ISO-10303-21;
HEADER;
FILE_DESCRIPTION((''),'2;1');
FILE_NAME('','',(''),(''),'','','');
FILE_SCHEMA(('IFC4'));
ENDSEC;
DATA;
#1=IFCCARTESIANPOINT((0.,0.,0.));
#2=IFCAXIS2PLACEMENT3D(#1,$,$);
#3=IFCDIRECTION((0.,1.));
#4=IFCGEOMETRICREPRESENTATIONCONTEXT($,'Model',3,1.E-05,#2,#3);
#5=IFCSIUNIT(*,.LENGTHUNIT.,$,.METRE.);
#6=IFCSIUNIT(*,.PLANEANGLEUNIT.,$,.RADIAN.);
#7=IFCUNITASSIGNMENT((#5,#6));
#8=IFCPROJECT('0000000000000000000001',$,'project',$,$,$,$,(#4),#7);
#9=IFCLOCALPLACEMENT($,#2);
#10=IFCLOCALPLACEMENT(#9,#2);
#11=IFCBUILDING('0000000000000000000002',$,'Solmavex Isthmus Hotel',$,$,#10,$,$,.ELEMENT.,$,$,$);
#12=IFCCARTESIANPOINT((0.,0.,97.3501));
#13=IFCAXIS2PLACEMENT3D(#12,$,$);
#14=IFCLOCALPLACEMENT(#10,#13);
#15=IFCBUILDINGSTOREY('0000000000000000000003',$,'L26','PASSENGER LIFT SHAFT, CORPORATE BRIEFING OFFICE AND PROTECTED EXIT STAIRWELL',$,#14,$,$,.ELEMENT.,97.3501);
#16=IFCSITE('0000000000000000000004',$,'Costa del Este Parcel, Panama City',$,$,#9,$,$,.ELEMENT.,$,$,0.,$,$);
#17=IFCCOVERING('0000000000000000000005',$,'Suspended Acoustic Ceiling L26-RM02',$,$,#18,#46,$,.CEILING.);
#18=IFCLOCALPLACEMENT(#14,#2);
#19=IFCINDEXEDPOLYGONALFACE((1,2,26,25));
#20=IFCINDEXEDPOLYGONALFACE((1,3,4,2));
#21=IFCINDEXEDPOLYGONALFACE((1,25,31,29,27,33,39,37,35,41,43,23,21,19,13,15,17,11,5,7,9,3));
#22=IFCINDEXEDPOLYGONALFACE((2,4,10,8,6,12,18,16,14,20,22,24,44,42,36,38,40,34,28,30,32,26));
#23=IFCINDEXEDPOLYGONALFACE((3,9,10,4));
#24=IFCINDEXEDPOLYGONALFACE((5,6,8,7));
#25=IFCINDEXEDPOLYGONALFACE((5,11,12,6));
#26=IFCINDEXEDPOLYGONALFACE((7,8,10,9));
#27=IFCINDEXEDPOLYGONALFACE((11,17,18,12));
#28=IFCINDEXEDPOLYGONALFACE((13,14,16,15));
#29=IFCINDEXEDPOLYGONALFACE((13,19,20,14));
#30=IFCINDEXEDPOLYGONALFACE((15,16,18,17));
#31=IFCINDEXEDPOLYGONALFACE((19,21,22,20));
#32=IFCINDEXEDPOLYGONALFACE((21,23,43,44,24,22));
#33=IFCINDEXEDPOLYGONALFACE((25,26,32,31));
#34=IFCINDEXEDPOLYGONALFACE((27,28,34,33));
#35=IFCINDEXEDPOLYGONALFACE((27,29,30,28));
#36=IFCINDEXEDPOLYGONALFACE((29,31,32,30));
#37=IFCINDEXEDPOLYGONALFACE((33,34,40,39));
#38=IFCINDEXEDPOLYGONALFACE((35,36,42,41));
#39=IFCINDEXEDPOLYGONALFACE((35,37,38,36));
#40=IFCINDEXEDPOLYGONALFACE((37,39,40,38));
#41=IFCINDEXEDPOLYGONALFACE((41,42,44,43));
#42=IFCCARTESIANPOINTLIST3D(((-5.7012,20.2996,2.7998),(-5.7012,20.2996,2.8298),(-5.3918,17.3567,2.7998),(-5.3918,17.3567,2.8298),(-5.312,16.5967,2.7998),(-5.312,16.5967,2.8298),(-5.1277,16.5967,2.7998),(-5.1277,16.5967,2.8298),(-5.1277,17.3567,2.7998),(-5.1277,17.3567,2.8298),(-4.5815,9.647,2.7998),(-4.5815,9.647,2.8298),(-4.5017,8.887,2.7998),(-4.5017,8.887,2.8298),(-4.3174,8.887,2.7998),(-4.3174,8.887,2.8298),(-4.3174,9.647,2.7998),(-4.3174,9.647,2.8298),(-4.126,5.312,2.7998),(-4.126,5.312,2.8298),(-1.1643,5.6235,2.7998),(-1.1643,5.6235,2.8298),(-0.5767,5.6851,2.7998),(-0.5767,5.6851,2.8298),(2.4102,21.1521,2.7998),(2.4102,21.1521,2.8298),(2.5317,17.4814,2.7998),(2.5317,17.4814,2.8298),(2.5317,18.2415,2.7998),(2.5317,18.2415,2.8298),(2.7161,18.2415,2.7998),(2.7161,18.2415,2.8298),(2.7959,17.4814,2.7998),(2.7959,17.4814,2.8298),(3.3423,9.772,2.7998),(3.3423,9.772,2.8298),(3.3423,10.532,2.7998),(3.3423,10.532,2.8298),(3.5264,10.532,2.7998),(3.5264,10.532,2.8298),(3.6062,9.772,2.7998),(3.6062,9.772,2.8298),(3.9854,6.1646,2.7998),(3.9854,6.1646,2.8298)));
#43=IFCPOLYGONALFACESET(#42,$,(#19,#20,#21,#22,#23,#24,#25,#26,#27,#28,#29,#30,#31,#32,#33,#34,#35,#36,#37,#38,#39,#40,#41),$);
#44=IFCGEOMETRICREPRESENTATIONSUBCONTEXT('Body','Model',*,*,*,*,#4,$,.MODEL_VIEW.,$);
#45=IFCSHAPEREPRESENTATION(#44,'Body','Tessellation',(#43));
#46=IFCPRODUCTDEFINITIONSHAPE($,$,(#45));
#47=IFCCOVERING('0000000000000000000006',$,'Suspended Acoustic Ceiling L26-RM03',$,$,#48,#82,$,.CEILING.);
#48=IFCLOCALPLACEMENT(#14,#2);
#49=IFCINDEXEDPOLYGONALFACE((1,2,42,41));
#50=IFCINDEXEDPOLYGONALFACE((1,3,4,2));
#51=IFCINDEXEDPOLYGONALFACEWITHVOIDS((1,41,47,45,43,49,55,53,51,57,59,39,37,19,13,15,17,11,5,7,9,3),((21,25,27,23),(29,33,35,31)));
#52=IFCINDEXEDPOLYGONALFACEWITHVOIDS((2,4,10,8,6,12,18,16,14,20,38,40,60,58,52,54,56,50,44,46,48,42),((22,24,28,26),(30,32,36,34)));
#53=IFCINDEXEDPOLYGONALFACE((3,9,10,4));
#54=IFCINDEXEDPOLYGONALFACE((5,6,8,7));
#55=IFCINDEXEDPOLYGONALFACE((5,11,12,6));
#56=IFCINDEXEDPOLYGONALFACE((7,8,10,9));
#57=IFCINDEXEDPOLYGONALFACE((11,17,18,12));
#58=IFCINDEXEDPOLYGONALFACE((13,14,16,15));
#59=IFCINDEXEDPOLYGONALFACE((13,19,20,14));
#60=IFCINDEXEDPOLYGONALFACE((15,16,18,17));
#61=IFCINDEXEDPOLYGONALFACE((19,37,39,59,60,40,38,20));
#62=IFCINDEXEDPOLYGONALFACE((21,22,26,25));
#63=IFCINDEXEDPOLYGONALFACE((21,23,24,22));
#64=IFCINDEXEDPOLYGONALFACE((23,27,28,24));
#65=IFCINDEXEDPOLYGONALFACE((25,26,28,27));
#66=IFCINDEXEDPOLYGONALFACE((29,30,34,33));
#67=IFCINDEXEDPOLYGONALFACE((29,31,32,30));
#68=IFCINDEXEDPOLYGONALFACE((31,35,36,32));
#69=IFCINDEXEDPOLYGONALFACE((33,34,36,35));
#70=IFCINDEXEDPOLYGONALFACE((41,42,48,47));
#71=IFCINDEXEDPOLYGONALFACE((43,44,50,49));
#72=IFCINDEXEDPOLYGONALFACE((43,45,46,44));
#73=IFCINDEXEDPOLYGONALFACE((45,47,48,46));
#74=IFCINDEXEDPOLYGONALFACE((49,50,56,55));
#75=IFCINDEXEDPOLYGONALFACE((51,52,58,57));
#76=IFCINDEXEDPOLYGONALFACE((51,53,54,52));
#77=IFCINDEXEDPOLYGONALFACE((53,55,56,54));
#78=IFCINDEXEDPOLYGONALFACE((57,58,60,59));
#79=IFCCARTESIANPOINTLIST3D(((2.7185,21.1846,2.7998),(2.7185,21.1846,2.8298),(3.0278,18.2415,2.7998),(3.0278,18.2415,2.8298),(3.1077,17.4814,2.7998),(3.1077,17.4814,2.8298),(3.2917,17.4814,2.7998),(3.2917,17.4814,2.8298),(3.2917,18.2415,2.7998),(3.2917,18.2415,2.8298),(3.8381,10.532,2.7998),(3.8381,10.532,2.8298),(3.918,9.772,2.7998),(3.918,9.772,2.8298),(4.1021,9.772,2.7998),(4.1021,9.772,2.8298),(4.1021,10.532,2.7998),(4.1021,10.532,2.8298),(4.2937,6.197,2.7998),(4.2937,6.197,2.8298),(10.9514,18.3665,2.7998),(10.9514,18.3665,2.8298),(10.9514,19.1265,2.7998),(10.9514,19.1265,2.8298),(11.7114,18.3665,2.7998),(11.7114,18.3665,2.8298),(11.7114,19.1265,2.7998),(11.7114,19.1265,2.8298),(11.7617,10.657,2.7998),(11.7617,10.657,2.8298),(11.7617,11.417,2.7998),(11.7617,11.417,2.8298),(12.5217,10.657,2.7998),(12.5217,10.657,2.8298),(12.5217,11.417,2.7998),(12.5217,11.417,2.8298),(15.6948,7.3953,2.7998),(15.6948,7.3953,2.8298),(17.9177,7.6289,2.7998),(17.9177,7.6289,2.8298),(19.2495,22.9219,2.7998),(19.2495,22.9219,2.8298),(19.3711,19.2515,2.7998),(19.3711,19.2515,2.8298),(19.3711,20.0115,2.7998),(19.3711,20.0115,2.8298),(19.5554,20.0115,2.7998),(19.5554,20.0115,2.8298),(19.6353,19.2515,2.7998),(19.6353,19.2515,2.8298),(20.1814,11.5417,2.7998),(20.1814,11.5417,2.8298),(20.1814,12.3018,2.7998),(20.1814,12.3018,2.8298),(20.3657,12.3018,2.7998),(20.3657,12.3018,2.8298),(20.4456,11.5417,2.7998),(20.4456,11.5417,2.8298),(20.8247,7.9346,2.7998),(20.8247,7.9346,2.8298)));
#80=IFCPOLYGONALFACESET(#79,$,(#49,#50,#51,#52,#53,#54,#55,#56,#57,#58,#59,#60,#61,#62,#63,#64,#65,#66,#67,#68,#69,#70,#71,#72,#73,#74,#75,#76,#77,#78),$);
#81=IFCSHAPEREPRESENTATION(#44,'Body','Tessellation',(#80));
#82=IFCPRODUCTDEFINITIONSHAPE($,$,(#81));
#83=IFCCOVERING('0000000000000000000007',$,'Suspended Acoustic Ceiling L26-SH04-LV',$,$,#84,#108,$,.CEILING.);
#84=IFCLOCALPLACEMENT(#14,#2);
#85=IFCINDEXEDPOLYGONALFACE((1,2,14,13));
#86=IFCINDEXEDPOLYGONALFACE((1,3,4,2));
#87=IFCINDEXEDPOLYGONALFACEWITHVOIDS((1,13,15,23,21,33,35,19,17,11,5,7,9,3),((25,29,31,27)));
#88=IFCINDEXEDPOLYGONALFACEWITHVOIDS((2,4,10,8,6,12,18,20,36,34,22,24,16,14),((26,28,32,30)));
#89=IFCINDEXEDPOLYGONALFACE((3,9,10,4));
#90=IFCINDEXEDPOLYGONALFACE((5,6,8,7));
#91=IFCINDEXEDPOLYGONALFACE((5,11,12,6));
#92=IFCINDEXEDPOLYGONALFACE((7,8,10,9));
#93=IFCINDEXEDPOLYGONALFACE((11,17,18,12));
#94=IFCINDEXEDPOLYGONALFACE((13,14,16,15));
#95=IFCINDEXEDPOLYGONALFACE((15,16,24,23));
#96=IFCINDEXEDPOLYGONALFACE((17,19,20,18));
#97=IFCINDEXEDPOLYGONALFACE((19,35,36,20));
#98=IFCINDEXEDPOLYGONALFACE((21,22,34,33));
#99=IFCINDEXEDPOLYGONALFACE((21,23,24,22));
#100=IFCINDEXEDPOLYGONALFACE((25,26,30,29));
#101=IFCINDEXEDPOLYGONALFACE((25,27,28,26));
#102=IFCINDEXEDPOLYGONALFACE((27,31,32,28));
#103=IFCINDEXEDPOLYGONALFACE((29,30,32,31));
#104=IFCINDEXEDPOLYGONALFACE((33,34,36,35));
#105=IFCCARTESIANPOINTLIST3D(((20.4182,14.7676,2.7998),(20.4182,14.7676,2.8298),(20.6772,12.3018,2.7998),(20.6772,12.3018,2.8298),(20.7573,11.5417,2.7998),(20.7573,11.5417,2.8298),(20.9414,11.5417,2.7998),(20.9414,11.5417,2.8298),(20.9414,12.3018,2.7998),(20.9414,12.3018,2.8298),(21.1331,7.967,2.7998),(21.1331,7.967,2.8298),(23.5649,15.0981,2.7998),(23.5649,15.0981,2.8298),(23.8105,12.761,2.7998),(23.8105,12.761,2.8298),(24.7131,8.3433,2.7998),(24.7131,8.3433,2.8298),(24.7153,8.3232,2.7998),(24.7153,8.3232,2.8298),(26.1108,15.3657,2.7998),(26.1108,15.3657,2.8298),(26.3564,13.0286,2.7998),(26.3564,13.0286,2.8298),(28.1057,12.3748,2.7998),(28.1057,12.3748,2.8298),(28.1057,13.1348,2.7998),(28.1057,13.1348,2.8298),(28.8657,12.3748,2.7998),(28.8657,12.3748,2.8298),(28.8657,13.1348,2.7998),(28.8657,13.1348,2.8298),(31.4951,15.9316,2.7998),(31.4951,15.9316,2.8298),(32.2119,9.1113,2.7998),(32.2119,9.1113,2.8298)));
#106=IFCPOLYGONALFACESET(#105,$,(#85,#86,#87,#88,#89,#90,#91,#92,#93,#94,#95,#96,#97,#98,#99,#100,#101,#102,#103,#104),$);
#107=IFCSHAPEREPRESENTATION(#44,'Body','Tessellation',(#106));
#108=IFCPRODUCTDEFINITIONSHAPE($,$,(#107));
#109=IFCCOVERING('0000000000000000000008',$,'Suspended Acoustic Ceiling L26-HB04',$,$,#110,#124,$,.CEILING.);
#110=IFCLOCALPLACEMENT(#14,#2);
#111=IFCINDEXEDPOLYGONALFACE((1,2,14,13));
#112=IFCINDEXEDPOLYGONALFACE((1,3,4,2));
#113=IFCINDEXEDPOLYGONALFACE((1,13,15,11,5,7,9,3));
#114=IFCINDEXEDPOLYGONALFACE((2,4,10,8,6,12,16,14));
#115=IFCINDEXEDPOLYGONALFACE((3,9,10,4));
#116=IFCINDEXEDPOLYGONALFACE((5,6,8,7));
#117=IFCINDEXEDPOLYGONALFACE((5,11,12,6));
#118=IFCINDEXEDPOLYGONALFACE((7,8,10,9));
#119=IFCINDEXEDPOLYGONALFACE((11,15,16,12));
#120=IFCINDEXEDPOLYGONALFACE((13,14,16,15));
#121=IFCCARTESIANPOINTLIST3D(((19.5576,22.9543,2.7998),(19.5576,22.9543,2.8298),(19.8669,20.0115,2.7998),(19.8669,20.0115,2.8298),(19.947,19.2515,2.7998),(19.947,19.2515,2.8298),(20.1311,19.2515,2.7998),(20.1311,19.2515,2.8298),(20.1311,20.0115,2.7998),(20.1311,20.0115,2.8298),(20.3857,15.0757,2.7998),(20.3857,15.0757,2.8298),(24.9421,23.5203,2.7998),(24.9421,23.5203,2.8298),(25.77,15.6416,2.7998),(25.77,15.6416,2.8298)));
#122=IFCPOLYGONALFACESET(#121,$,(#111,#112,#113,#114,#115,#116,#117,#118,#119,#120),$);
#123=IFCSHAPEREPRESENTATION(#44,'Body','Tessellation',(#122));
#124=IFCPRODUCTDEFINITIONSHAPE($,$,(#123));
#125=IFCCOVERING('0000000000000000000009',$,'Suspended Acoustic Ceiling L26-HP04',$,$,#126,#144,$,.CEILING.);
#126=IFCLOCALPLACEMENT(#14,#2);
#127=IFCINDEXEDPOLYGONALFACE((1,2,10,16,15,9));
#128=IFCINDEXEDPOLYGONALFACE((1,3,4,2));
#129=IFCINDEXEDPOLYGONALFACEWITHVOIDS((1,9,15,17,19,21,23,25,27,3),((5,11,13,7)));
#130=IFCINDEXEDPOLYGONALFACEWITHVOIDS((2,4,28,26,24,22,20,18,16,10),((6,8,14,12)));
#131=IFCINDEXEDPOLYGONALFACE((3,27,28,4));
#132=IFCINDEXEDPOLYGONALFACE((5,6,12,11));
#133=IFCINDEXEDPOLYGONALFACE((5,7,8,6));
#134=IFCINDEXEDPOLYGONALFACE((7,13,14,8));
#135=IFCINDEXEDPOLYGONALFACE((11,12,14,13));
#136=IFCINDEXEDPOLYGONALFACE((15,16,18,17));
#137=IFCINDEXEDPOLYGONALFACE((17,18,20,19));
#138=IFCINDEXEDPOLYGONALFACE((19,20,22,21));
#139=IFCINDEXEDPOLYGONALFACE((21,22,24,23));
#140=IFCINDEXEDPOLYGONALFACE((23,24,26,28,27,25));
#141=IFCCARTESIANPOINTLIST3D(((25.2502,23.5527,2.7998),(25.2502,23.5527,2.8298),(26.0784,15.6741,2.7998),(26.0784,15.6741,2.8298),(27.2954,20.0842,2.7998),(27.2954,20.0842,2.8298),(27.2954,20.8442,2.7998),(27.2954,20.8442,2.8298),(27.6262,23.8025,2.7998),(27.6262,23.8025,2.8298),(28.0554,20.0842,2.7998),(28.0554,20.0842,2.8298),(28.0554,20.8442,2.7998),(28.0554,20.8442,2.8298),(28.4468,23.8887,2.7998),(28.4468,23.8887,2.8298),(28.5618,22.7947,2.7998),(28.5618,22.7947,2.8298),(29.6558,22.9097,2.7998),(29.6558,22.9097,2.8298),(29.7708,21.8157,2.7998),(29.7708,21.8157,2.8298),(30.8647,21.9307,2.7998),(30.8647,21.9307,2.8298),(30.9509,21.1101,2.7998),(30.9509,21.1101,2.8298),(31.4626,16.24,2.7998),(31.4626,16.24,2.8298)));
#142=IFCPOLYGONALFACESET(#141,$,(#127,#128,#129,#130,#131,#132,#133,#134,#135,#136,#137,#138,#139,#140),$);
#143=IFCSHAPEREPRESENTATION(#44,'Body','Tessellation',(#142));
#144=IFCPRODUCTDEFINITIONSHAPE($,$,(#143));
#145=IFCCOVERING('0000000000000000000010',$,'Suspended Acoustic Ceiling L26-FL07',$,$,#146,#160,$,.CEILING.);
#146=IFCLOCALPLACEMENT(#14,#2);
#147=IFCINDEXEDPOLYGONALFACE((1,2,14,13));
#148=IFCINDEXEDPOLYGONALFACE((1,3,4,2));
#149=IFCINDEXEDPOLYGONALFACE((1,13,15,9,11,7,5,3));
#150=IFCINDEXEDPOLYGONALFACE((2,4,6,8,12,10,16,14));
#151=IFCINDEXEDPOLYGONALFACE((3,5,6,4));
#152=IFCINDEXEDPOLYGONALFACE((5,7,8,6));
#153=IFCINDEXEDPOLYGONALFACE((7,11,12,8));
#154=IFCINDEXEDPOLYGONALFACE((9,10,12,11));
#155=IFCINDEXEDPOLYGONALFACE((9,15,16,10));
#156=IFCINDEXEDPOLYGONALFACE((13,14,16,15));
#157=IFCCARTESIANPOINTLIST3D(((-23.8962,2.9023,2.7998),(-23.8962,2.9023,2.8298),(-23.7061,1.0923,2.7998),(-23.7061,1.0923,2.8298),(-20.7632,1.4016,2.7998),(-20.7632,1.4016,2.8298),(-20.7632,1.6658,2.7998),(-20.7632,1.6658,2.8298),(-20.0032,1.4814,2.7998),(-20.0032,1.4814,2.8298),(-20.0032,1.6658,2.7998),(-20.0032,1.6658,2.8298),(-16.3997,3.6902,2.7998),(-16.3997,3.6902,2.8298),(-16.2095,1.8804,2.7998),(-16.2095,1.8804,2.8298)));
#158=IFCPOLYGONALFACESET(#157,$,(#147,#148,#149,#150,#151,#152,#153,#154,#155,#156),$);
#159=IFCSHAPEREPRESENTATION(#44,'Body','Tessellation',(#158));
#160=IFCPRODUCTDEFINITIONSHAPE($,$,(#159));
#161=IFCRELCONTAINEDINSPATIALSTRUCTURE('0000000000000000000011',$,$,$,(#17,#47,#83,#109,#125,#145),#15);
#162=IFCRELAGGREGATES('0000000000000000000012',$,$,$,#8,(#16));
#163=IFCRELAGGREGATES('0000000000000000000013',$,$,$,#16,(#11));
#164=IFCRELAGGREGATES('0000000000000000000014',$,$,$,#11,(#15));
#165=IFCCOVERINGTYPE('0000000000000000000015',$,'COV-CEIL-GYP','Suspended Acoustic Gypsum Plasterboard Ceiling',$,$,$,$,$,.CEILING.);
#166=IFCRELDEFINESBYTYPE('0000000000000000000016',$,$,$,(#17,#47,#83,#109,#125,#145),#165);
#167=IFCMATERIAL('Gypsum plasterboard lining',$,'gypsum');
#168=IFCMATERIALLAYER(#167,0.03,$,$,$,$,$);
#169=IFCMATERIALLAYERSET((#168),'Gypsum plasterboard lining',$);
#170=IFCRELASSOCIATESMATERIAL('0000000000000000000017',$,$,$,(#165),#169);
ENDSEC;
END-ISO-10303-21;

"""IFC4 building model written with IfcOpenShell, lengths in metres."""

from ifc_helpers import new_model, si_unit, direction, frame, origin, place, context, subcontext, project, spatial, polyline, outline, extrude, material, layer, layer_set, type_object, element, save


model = new_model("IFC4")

# Units and contexts
model_context = context("Model", 3, precision=1e-05, world=origin(), true_north=direction((0.0, 1.0)))
body_context = subcontext(model_context, "Body", "Model", "MODEL_VIEW")
ifc_project = project(units=[si_unit("LENGTHUNIT", "METRE"), si_unit("PLANEANGLEUNIT", "RADIAN")], contexts=[model_context])

# Site, building, storey
site_placement = place(None, origin())
site = spatial("IfcSite", under=ifc_project, at=site_placement, Name="Costa del Este Parcel, Panama City", CompositionType="ELEMENT", RefElevation=0.0)
building_placement = place(site_placement, origin())
building = spatial("IfcBuilding", under=site, at=building_placement, Name="Solmavex Isthmus Hotel", CompositionType="ELEMENT")
storey_placement = place(building_placement, frame((0.0, 0.0, 97.3501)))
storey = spatial("IfcBuildingStorey", under=building, at=storey_placement, Name="L26", Description="PASSENGER LIFT SHAFT, CORPORATE BRIEFING OFFICE AND PROTECTED EXIT STAIRWELL", CompositionType="ELEMENT", Elevation=97.3501)

# Coverings
ifc_material_1 = material(Name="Gypsum plasterboard lining", Category="gypsum")
ifc_layer_1 = layer(ifc_material_1, 0.03)
ifc_layer_set_1 = layer_set([ifc_layer_1], Name="Gypsum plasterboard lining")
covering_type_1 = type_object("IfcCoveringType", Name="COV-CEIL-GYP", Description="Suspended Acoustic Gypsum Plasterboard Ceiling", PredefinedType="CEILING", material=ifc_layer_set_1)
covering_1_placement = place(storey_placement, frame((0.0, 0.0, 2.7998)))
element("IfcCovering", 1, at=covering_1_placement, inside=storey, type_object=covering_type_1, Name="Suspended Acoustic Ceiling L26-RM02", PredefinedType="CEILING", context=body_context, shape_type="SweptSolid", body=[
    extrude(outline(polyline([(-4.5815, 9.647), (-4.3174, 9.647), (-4.3174, 8.887), (-4.5017, 8.887), (-4.126, 5.312), (-1.1643, 5.6235), (-0.5767, 5.6851), (3.9854, 6.1646), (3.6062, 9.772), (3.3423, 9.772), (3.3423, 10.532), (3.5264, 10.532), (2.7959, 17.4814), (2.5317, 17.4814), (2.5317, 18.2415), (2.7161, 18.2415), (2.4102, 21.1521), (-5.7012, 20.2996), (-5.3918, 17.3567), (-5.1277, 17.3567), (-5.1277, 16.5967), (-5.312, 16.5967), (-4.5815, 9.647)])), origin(), (0.0, 0.0, 1.0), 0.03),
])
covering_2_placement = place(storey_placement, frame((0.0, 0.0, 2.7998)))
element("IfcCovering", 2, at=covering_2_placement, inside=storey, type_object=covering_type_1, Name="Suspended Acoustic Ceiling L26-RM03", PredefinedType="CEILING", context=body_context, shape_type="SweptSolid", body=[
    extrude(outline(polyline([(3.8381, 10.532), (4.1021, 10.532), (4.1021, 9.772), (3.918, 9.772), (4.2937, 6.197), (15.6948, 7.3953), (17.9177, 7.6289), (20.8247, 7.9346), (20.4456, 11.5417), (20.1814, 11.5417), (20.1814, 12.3018), (20.3657, 12.3018), (19.6353, 19.2515), (19.3711, 19.2515), (19.3711, 20.0115), (19.5554, 20.0115), (19.2495, 22.9219), (2.7185, 21.1846), (3.0278, 18.2415), (3.2917, 18.2415), (3.2917, 17.4814), (3.1077, 17.4814), (3.8381, 10.532)]), holes=[polyline([(11.7617, 10.657), (11.7617, 11.417), (12.5217, 11.417), (12.5217, 10.657), (11.7617, 10.657)]), polyline([(10.9514, 18.3665), (10.9514, 19.1265), (11.7114, 19.1265), (11.7114, 18.3665), (10.9514, 18.3665)])]), origin(), (0.0, 0.0, 1.0), 0.03),
])
covering_3_placement = place(storey_placement, frame((0.0, 0.0, 2.7998)))
element("IfcCovering", 3, at=covering_3_placement, inside=storey, type_object=covering_type_1, Name="Suspended Acoustic Ceiling L26-SH04-LV", PredefinedType="CEILING", context=body_context, shape_type="SweptSolid", body=[
    extrude(outline(polyline([(23.5649, 15.0981), (20.4182, 14.7676), (20.6772, 12.3018), (20.9414, 12.3018), (20.9414, 11.5417), (20.7573, 11.5417), (21.1331, 7.967), (24.7131, 8.3433), (24.7153, 8.3232), (32.2119, 9.1113), (31.4951, 15.9316), (26.1108, 15.3657), (26.3564, 13.0286), (23.8105, 12.761), (23.5649, 15.0981)]), holes=[polyline([(28.1057, 12.3748), (28.1057, 13.1348), (28.8657, 13.1348), (28.8657, 12.3748), (28.1057, 12.3748)])]), origin(), (0.0, 0.0, 1.0), 0.03),
])
covering_4_placement = place(storey_placement, frame((0.0, 0.0, 2.7998)))
element("IfcCovering", 4, at=covering_4_placement, inside=storey, type_object=covering_type_1, Name="Suspended Acoustic Ceiling L26-HB04", PredefinedType="CEILING", context=body_context, shape_type="SweptSolid", body=[
    extrude(outline(polyline([(19.8669, 20.0115), (20.1311, 20.0115), (20.1311, 19.2515), (19.947, 19.2515), (20.3857, 15.0757), (25.77, 15.6416), (24.9421, 23.5203), (19.5576, 22.9543), (19.8669, 20.0115)])), origin(), (0.0, 0.0, 1.0), 0.03),
])
covering_5_placement = place(storey_placement, frame((0.0, 0.0, 2.7998)))
element("IfcCovering", 5, at=covering_5_placement, inside=storey, type_object=covering_type_1, Name="Suspended Acoustic Ceiling L26-HP04", PredefinedType="CEILING", context=body_context, shape_type="SweptSolid", body=[
    extrude(outline(polyline([(30.8647, 21.9307), (29.7708, 21.8157), (29.6558, 22.9097), (28.5618, 22.7947), (28.4468, 23.8887), (27.6262, 23.8025), (25.2502, 23.5527), (26.0784, 15.6741), (31.4626, 16.24), (30.9509, 21.1101), (30.8647, 21.9307)]), holes=[polyline([(27.2954, 20.8442), (28.0554, 20.8442), (28.0554, 20.0842), (27.2954, 20.0842), (27.2954, 20.8442)])]), origin(), (0.0, 0.0, 1.0), 0.03),
])
covering_6_placement = place(storey_placement, frame((0.0, 0.0, 2.7998)))
element("IfcCovering", 6, at=covering_6_placement, inside=storey, type_object=covering_type_1, Name="Suspended Acoustic Ceiling L26-FL07", PredefinedType="CEILING", context=body_context, shape_type="SweptSolid", body=[
    extrude(outline(polyline([(-16.2095, 1.8804), (-16.3997, 3.6902), (-23.8962, 2.9023), (-23.7061, 1.0923), (-20.7632, 1.4016), (-20.7632, 1.6658), (-20.0032, 1.6658), (-20.0032, 1.4814), (-16.2095, 1.8804)])), origin(), (0.0, 0.0, 1.0), 0.03),
])

save(model, "model.ifc")
